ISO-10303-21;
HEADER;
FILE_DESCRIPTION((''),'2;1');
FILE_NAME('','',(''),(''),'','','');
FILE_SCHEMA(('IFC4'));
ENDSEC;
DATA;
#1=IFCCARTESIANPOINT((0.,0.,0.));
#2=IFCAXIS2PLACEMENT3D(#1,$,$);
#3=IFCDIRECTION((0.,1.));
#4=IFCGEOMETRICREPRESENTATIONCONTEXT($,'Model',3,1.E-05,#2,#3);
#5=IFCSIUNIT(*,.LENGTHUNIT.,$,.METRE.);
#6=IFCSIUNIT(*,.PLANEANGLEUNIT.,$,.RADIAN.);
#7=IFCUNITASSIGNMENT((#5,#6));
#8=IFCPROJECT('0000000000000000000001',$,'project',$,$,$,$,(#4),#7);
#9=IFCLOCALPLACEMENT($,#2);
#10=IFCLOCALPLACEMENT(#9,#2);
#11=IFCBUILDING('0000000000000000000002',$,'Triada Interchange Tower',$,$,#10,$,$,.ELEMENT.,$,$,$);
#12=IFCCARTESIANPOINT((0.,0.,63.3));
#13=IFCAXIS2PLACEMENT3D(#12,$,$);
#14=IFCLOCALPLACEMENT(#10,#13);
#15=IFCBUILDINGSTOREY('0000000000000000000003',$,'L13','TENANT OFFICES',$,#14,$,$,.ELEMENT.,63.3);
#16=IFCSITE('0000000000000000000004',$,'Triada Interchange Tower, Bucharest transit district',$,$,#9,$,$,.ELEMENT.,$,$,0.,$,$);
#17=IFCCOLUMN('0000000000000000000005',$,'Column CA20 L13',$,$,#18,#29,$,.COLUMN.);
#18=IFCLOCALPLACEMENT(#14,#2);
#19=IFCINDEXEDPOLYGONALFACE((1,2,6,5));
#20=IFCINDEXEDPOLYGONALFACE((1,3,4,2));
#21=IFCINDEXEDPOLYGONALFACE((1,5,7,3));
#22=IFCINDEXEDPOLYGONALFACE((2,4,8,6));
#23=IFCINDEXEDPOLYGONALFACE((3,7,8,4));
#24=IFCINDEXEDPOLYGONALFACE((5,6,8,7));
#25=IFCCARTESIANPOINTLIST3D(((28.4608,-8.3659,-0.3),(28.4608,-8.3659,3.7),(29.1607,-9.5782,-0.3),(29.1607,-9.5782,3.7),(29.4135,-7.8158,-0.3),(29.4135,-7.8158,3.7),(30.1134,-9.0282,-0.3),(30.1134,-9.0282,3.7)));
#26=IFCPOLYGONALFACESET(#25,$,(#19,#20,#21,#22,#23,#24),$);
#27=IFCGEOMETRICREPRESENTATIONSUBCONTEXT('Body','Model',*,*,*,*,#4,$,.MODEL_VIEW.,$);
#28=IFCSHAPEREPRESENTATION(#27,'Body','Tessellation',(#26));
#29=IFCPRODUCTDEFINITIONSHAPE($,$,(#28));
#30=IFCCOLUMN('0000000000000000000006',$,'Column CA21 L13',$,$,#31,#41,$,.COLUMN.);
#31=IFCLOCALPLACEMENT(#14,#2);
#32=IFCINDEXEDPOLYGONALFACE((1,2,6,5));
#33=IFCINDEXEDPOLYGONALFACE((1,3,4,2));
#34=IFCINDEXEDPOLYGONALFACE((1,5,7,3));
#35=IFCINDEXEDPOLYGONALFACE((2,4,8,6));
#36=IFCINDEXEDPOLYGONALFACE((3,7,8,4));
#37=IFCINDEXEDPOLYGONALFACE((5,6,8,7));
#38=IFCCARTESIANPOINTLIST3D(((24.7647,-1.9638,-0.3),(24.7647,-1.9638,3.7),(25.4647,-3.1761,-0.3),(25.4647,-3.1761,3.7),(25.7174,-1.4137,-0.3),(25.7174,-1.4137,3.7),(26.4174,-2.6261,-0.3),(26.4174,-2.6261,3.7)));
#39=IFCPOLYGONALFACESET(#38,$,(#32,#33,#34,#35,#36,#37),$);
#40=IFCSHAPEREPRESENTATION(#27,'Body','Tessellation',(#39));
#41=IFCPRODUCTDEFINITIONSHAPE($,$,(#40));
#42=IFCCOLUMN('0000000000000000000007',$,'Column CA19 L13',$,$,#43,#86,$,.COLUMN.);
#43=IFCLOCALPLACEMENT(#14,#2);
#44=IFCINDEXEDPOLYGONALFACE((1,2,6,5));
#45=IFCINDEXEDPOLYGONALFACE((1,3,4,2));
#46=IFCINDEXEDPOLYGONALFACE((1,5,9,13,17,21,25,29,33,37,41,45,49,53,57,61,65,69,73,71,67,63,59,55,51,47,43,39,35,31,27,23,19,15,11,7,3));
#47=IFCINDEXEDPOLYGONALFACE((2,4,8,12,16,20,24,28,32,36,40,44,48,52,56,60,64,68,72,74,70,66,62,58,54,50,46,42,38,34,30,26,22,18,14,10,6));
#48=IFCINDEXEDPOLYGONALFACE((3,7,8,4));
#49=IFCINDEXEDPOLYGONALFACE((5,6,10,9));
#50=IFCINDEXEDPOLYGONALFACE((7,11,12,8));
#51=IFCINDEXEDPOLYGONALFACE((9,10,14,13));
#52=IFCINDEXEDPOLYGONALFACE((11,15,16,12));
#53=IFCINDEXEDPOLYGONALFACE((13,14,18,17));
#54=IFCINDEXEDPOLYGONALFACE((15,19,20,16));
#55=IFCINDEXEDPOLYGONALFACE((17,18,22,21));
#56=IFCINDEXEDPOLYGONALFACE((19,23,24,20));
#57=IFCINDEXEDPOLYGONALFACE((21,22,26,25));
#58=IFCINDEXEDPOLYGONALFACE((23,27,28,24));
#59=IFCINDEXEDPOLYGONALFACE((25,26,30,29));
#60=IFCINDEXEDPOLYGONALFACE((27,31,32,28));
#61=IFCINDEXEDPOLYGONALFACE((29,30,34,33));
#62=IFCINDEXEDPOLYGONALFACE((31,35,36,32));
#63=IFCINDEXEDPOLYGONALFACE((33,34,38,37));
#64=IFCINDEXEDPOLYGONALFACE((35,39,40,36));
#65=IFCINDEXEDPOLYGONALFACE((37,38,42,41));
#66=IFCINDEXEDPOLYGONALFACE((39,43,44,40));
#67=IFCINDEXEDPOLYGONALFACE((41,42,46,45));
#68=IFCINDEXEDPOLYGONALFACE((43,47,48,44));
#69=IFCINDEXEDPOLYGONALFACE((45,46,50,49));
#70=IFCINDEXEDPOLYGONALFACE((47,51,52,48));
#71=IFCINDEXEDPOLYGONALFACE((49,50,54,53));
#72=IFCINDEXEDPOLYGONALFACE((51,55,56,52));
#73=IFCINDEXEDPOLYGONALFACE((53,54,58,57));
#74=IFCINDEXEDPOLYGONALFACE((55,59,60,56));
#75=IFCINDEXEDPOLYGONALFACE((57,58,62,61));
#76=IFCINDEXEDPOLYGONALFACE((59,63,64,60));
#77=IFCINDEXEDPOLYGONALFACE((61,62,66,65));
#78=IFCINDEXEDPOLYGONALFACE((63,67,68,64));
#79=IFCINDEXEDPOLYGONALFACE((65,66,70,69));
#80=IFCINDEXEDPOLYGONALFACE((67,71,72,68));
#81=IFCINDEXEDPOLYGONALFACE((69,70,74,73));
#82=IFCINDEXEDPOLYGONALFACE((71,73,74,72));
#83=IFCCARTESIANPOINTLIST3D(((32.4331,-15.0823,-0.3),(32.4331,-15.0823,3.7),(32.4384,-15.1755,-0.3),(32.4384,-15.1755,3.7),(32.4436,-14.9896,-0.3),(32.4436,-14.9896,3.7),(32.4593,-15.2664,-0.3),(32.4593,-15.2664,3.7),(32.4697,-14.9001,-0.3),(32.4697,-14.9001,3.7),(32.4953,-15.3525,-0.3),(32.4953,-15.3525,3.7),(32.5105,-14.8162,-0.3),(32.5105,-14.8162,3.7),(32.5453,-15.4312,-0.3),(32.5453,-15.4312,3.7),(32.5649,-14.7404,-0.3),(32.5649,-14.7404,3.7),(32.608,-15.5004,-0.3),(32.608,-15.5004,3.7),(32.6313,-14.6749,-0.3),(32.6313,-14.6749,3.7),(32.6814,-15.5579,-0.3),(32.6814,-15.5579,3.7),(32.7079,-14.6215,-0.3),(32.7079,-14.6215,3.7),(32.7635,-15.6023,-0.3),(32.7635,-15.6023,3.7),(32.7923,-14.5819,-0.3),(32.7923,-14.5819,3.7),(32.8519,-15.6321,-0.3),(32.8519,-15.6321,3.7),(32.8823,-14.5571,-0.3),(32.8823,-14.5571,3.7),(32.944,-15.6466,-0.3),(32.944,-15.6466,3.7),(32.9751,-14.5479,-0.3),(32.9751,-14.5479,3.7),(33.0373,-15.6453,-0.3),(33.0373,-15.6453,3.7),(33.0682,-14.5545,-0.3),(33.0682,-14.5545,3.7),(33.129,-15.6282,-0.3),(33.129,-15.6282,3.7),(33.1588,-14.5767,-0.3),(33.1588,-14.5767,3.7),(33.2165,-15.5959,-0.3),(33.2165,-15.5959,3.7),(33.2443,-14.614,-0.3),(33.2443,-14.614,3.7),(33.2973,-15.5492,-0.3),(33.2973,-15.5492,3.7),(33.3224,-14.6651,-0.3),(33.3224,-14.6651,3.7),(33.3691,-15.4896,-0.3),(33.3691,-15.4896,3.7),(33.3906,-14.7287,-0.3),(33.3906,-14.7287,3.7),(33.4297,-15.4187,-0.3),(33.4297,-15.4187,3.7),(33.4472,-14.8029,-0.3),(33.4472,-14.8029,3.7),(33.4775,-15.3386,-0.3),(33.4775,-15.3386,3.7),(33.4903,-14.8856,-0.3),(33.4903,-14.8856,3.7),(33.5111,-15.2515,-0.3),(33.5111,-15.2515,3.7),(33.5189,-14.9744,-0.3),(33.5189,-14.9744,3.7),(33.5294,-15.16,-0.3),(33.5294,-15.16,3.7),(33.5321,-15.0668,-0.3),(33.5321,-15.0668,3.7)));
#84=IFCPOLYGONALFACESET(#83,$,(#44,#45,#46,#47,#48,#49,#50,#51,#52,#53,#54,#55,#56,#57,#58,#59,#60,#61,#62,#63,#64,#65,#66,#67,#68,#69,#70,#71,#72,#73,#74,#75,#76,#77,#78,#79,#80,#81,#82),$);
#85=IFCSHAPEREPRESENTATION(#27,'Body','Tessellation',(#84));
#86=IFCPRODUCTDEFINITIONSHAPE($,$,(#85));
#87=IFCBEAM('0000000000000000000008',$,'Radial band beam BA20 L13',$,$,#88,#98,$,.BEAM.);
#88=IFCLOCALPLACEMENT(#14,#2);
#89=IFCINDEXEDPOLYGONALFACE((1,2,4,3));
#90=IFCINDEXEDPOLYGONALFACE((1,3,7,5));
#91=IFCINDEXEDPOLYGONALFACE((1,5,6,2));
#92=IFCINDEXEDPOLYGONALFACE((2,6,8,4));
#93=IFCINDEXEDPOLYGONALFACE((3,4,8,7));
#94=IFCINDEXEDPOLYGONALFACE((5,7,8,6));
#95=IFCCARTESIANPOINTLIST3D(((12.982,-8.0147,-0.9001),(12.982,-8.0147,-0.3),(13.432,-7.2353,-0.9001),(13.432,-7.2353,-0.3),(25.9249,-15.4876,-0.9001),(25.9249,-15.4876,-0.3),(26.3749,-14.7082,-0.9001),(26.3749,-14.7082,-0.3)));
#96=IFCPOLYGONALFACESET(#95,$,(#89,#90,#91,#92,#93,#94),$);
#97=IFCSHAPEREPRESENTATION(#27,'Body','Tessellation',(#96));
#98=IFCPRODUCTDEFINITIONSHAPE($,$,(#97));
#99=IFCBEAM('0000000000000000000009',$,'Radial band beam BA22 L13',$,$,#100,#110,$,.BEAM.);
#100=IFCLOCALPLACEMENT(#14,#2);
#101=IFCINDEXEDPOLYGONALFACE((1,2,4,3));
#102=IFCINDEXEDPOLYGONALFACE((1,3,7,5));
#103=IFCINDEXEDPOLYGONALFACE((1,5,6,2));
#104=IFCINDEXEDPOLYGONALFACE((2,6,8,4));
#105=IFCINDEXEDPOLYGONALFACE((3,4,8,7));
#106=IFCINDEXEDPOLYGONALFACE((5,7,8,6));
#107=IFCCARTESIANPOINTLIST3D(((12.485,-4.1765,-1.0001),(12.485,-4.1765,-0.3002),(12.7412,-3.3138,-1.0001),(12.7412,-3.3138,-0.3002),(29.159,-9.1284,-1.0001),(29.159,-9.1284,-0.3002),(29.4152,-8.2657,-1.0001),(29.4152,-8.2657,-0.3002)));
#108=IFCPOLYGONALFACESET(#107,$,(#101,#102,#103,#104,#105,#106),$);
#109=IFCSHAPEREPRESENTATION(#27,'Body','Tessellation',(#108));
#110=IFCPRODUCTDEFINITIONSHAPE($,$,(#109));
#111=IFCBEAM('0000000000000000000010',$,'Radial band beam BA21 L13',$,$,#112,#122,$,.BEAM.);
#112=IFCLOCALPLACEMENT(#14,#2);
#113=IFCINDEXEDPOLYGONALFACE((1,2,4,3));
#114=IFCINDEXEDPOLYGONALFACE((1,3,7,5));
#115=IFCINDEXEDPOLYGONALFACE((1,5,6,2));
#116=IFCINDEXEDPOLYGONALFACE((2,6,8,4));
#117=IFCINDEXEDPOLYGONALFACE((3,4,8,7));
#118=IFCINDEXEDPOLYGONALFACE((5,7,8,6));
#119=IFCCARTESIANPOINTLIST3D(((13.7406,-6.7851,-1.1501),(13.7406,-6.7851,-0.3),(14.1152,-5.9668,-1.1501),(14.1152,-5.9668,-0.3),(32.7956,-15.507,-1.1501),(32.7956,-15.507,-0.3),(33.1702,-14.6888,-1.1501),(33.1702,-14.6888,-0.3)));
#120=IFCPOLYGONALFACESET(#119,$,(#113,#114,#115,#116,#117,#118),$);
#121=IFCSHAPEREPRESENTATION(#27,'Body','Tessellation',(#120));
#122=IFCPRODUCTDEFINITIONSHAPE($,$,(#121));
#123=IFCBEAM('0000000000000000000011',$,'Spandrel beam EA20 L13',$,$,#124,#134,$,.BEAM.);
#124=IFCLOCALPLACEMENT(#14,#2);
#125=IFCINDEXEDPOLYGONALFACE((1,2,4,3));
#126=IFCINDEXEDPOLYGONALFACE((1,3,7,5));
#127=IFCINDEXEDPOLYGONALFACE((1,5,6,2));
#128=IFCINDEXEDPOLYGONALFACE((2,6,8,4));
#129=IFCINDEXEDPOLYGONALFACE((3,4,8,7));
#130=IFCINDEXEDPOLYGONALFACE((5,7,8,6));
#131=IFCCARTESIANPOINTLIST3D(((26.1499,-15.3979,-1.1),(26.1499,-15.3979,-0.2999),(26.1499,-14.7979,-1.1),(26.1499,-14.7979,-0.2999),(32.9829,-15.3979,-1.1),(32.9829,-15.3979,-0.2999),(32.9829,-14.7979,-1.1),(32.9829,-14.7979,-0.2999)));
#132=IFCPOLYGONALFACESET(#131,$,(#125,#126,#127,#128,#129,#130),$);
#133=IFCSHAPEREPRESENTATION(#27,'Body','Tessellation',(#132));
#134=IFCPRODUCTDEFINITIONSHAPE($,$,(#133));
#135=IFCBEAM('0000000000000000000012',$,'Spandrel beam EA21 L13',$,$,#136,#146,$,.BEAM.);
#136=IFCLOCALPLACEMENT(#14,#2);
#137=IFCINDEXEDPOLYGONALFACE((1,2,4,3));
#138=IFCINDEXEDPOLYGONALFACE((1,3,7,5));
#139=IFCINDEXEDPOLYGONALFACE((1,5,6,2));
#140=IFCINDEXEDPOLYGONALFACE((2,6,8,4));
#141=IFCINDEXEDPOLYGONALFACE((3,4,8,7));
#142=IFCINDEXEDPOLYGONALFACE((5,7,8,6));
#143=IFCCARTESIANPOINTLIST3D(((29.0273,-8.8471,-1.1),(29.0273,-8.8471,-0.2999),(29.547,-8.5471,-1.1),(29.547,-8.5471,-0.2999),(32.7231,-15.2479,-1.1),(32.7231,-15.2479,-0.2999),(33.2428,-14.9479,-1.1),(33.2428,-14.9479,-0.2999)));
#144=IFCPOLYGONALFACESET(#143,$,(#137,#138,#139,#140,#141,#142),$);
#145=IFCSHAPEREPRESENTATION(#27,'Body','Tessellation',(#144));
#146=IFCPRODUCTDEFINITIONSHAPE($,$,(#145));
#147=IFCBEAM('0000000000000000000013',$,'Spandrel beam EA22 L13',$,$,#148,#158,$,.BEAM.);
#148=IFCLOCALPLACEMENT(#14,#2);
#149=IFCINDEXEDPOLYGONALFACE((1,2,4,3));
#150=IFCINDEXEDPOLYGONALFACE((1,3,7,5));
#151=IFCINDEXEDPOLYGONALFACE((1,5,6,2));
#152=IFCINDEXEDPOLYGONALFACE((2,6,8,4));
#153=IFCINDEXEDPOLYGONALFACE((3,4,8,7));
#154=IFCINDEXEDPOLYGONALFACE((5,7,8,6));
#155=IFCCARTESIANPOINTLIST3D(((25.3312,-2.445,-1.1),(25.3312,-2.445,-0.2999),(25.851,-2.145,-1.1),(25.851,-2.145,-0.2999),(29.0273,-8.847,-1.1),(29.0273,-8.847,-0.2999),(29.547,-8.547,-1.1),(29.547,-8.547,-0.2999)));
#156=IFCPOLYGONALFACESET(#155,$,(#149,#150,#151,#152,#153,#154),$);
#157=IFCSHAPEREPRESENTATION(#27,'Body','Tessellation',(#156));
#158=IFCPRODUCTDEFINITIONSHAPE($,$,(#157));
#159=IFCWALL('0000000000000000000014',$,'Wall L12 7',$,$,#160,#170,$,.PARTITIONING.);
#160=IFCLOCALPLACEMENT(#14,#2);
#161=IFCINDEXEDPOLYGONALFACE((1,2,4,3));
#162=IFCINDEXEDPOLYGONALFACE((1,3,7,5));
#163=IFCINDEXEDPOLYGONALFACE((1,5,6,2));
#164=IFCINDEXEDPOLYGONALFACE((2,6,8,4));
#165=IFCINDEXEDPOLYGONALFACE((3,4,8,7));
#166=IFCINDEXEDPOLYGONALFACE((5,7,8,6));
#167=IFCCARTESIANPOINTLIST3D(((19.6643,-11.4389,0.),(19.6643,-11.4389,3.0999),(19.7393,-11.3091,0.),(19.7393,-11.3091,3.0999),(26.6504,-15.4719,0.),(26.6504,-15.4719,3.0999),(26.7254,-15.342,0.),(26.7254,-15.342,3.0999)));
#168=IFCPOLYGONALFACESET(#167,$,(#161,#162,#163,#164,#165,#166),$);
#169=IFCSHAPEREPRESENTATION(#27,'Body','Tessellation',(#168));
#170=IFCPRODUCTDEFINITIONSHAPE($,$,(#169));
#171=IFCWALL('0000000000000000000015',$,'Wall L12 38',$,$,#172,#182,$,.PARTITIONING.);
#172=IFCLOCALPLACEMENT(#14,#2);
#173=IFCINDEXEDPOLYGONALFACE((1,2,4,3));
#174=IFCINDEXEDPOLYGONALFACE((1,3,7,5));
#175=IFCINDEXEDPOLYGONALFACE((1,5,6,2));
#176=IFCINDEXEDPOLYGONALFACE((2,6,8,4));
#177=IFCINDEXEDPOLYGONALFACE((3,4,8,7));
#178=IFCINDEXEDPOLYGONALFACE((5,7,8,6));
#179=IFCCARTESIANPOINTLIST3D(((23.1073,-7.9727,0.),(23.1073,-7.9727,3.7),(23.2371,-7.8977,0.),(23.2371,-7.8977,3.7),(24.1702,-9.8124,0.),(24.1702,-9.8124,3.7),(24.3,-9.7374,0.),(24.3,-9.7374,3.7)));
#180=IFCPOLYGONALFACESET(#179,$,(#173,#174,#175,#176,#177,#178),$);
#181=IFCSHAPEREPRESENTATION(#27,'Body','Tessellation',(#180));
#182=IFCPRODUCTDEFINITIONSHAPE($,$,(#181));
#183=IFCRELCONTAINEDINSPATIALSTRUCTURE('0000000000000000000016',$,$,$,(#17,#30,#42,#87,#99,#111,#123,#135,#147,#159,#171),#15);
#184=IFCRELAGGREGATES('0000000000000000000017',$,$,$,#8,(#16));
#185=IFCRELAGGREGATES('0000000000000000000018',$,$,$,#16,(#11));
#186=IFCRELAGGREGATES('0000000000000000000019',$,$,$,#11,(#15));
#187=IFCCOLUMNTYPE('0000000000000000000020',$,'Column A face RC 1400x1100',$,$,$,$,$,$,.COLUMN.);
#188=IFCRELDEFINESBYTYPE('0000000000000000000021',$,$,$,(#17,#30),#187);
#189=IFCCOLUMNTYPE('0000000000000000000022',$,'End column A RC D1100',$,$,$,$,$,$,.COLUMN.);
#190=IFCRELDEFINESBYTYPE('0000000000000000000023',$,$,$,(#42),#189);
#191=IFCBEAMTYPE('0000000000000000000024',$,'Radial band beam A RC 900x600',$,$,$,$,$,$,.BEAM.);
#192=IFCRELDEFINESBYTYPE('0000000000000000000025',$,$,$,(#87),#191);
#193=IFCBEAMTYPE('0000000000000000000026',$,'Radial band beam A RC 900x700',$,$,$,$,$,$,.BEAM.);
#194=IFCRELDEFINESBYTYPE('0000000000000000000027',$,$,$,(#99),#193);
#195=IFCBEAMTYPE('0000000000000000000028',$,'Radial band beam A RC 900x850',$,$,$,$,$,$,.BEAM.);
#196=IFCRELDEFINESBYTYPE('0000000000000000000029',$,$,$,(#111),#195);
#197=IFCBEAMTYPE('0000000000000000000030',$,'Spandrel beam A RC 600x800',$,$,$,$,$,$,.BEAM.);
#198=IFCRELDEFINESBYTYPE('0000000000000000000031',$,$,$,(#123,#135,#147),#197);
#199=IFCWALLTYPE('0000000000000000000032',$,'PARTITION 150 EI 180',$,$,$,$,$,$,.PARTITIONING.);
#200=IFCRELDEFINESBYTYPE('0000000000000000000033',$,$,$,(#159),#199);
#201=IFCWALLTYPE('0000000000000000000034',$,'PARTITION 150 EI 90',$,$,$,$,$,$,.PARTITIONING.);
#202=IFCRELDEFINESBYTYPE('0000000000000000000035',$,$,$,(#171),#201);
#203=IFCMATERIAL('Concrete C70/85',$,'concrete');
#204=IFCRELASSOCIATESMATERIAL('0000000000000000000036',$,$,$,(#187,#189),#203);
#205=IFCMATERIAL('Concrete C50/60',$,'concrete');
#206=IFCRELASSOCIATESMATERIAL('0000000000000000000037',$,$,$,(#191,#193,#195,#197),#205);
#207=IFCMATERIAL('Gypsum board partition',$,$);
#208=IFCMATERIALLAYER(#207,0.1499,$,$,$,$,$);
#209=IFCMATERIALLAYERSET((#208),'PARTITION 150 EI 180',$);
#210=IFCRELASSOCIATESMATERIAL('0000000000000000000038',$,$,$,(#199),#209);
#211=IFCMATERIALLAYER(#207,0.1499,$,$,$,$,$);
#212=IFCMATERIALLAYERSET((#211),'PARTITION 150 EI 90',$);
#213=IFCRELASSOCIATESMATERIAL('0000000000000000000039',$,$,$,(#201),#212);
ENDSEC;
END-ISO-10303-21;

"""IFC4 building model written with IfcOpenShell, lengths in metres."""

from ifc_helpers import new_model, si_unit, direction, frame, frame_2d, origin, origin_2d, place, context, subcontext, project, spatial, rectangle, circle, extrude, material, layer, layer_set, material_profile, profile_set, type_object, element, save


model = new_model("IFC4")

# Units and contexts
model_context = context("Model", 3, precision=1e-05, world=origin(), true_north=direction((0.0, 1.0)))
body_context = subcontext(model_context, "Body", "Model", "MODEL_VIEW")
ifc_project = project(units=[si_unit("LENGTHUNIT", "METRE"), si_unit("PLANEANGLEUNIT", "RADIAN")], contexts=[model_context])

# Site, building, storey
site_placement = place(None, origin())
site = spatial("IfcSite", under=ifc_project, at=site_placement, Name="Triada Interchange Tower, Bucharest transit district", CompositionType="ELEMENT", RefElevation=0.0)
building_placement = place(site_placement, origin())
building = spatial("IfcBuilding", under=site, at=building_placement, Name="Triada Interchange Tower", CompositionType="ELEMENT")
storey_placement = place(building_placement, frame((0.0, 0.0, 63.3)))
storey = spatial("IfcBuildingStorey", under=building, at=storey_placement, Name="L13", Description="TENANT OFFICES", CompositionType="ELEMENT", Elevation=63.3)

# Columns
ifc_material_1 = material(Name="Concrete C70/85", Category="concrete")
ifc_material_profile_1 = material_profile(ifc_material_1, rectangle(XDim=1.3999, YDim=1.1001, at=origin_2d()), Name="RC 1400x1100")
ifc_profile_set_1 = profile_set([ifc_material_profile_1], Name="Concrete C70/85")
column_type_1 = type_object("IfcColumnType", Name="Column A face RC 1400x1100", PredefinedType="COLUMN", material=ifc_profile_set_1)
for number, where, z_axis, x_axis, name in (
    (1, (29.2871, -8.697, -0.3), (0.0, 0.0, 1.0), (-0.5, 0.866025, 0.0), "Column CA20 L13"),
    (2, (25.5911, -2.2949, -0.3), (0.0, 0.0, 1.0), (-0.5, 0.866025, 0.0), "Column CA21 L13"),
):
    element("IfcColumn", number, at=place(storey_placement, frame(where, z_axis=z_axis, x_axis=x_axis)), inside=storey, type_object=column_type_1, Name=name, PredefinedType="COLUMN", context=body_context, shape_type="SweptSolid", body=[
        extrude(rectangle(XDim=1.3999, YDim=1.1001, at=origin_2d()), origin(), (0.0, 0.0, 1.0), 4.0),
    ])
ifc_material_profile_2 = material_profile(ifc_material_1, circle(Radius=0.55, at=origin_2d()), Name="RC D1100")
ifc_profile_set_2 = profile_set([ifc_material_profile_2], Name="Concrete C70/85")
column_type_2 = type_object("IfcColumnType", Name="End column A RC D1100", PredefinedType="COLUMN", material=ifc_profile_set_2)
column_placement = place(storey_placement, frame((32.9829, -15.0979, -0.3), z_axis=(0.0, 0.0, 1.0), x_axis=(-0.5, 0.866025, 0.0)))
element("IfcColumn", 3, at=column_placement, inside=storey, type_object=column_type_2, Name="Column CA19 L13", PredefinedType="COLUMN", context=body_context, shape_type="SweptSolid", body=[
    extrude(circle(Radius=0.55, at=origin_2d()), origin(), (0.0, 0.0, 1.0), 4.0),
])

# Beams
ifc_material_2 = material(Name="Concrete C50/60", Category="concrete")
ifc_material_profile_3 = material_profile(ifc_material_2, rectangle(XDim=0.8999, YDim=0.6001, at=origin_2d()), Name="RC 900x600")
ifc_profile_set_3 = profile_set([ifc_material_profile_3], Name="Concrete C50/60")
beam_type_1 = type_object("IfcBeamType", Name="Radial band beam A RC 900x600", PredefinedType="BEAM", material=ifc_profile_set_3)
beam_1_placement = place(storey_placement, frame((26.1499, -15.0979, -0.6001), z_axis=(-0.866016, 0.500017, 0.0), x_axis=(-0.500017, -0.866016, 0.0)))
element("IfcBeam", 4, at=beam_1_placement, inside=storey, type_object=beam_type_1, Name="Radial band beam BA20 L13", PredefinedType="BEAM", context=body_context, shape_type="SweptSolid", body=[
    extrude(rectangle(XDim=0.8999, YDim=0.6001, at=origin_2d()), origin(), (0.0, 0.0, 1.0), 14.9453),
])
ifc_material_profile_4 = material_profile(ifc_material_2, rectangle(XDim=0.8999, YDim=0.7, at=origin_2d()), Name="RC 900x700")
ifc_profile_set_4 = profile_set([ifc_material_profile_4], Name="Concrete C50/60")
beam_type_2 = type_object("IfcBeamType", Name="Radial band beam A RC 900x700", PredefinedType="BEAM", material=ifc_profile_set_4)
beam_2_placement = place(storey_placement, frame((29.2871, -8.697, -0.6501), z_axis=(-0.958619, 0.284693, 0.0), x_axis=(-0.284693, -0.958619, 0.0)))
element("IfcBeam", 5, at=beam_2_placement, inside=storey, type_object=beam_type_2, Name="Radial band beam BA22 L13", PredefinedType="BEAM", context=body_context, shape_type="SweptSolid", body=[
    extrude(rectangle(XDim=0.8999, YDim=0.7, at=origin_2d()), origin(), (0.0, 0.0, 1.0), 17.3938),
])
ifc_material_profile_5 = material_profile(ifc_material_2, rectangle(XDim=0.8999, YDim=0.8501, at=origin_2d()), Name="RC 900x850")
ifc_profile_set_5 = profile_set([ifc_material_profile_5], Name="Concrete C50/60")
beam_type_3 = type_object("IfcBeamType", Name="Radial band beam A RC 900x850", PredefinedType="BEAM", material=ifc_profile_set_5)
beam_3_placement = place(storey_placement, frame((32.9829, -15.0979, -0.7251), z_axis=(-0.909274, 0.416198, 0.0), x_axis=(-0.416198, -0.909274, 0.0)))
element("IfcBeam", 6, at=beam_3_placement, inside=storey, type_object=beam_type_3, Name="Radial band beam BA21 L13", PredefinedType="BEAM", context=body_context, shape_type="SweptSolid", body=[
    extrude(rectangle(XDim=0.8999, YDim=0.8501, at=origin_2d()), origin(), (0.0, 0.0, 1.0), 20.9563),
])
ifc_material_profile_6 = material_profile(ifc_material_2, rectangle(XDim=0.6001, YDim=0.8, at=origin_2d()), Name="RC 600x800")
ifc_profile_set_6 = profile_set([ifc_material_profile_6], Name="Concrete C50/60")
beam_type_4 = type_object("IfcBeamType", Name="Spandrel beam A RC 600x800", PredefinedType="BEAM", material=ifc_profile_set_6)
beam_4_placement = place(storey_placement, frame((26.1499, -15.0979, -0.7), z_axis=(1.0, 0.0, 0.0), x_axis=(0.0, 1.0, 0.0)))
element("IfcBeam", 7, at=beam_4_placement, inside=storey, type_object=beam_type_4, Name="Spandrel beam EA20 L13", PredefinedType="BEAM", context=body_context, shape_type="SweptSolid", body=[
    extrude(rectangle(XDim=0.6001, YDim=0.8, at=origin_2d()), origin(), (0.0, 0.0, 1.0), 6.833),
])
beam_5_placement = place(storey_placement, frame((32.9829, -15.0979, -0.7), z_axis=(-0.500026, 0.866011, 0.0), x_axis=(-0.866011, -0.500026, 0.0)))
element("IfcBeam", 8, at=beam_5_placement, inside=storey, type_object=beam_type_4, Name="Spandrel beam EA21 L13", PredefinedType="BEAM", context=body_context, shape_type="SweptSolid", body=[
    extrude(rectangle(XDim=0.6001, YDim=0.8, at=origin_2d()), origin(), (0.0, 0.0, 1.0), 7.3911),
])
beam_6_placement = place(storey_placement, frame((29.2871, -8.697, -0.7), z_axis=(-0.499979, 0.866038, 0.0), x_axis=(-0.866038, -0.499979, 0.0)))
element("IfcBeam", 9, at=beam_6_placement, inside=storey, type_object=beam_type_4, Name="Spandrel beam EA22 L13", PredefinedType="BEAM", context=body_context, shape_type="SweptSolid", body=[
    extrude(rectangle(XDim=0.6001, YDim=0.8, at=origin_2d()), origin(), (0.0, 0.0, 1.0), 7.3923),
])

# Walls
ifc_material_3 = material(Name="Gypsum board partition")
ifc_layer_1 = layer(ifc_material_3, 0.1499)
ifc_layer_set_1 = layer_set([ifc_layer_1], Name="PARTITION 150 EI 180")
wall_type_1 = type_object("IfcWallType", Name="PARTITION 150 EI 180", PredefinedType="PARTITIONING", material=ifc_layer_set_1)
wall_1_placement = place(storey_placement, frame((19.7019, -11.374, 0.0), z_axis=(0.0, 0.0, 1.0), x_axis=(0.86605, -0.499957, 0.0)))
element("IfcWall", 10, at=wall_1_placement, inside=storey, type_object=wall_type_1, Name="Wall L12 7", PredefinedType="PARTITIONING", context=body_context, shape_type="SweptSolid", body=[
    extrude(rectangle(XDim=8.0667, YDim=0.1499, at=frame_2d((4.0332, 0.0))), origin(), (0.0, 0.0, 1.0), 3.0999),
])
ifc_layer_2 = layer(ifc_material_3, 0.1499)
ifc_layer_set_2 = layer_set([ifc_layer_2], Name="PARTITION 150 EI 90")
wall_type_2 = type_object("IfcWallType", Name="PARTITION 150 EI 90", PredefinedType="PARTITIONING", material=ifc_layer_set_2)
wall_2_placement = place(storey_placement, frame((23.1721, -7.9351, 0.0), z_axis=(0.0, 0.0, 1.0), x_axis=(0.500266, -0.865872, 0.0)))
element("IfcWall", 11, at=wall_2_placement, inside=storey, type_object=wall_type_2, Name="Wall L12 38", PredefinedType="PARTITIONING", context=body_context, shape_type="SweptSolid", body=[
    extrude(rectangle(XDim=2.1248, YDim=0.1499, at=frame_2d((1.0625, 0.0))), origin(), (0.0, 0.0, 1.0), 3.7),
])

save(model, "model.ifc")
